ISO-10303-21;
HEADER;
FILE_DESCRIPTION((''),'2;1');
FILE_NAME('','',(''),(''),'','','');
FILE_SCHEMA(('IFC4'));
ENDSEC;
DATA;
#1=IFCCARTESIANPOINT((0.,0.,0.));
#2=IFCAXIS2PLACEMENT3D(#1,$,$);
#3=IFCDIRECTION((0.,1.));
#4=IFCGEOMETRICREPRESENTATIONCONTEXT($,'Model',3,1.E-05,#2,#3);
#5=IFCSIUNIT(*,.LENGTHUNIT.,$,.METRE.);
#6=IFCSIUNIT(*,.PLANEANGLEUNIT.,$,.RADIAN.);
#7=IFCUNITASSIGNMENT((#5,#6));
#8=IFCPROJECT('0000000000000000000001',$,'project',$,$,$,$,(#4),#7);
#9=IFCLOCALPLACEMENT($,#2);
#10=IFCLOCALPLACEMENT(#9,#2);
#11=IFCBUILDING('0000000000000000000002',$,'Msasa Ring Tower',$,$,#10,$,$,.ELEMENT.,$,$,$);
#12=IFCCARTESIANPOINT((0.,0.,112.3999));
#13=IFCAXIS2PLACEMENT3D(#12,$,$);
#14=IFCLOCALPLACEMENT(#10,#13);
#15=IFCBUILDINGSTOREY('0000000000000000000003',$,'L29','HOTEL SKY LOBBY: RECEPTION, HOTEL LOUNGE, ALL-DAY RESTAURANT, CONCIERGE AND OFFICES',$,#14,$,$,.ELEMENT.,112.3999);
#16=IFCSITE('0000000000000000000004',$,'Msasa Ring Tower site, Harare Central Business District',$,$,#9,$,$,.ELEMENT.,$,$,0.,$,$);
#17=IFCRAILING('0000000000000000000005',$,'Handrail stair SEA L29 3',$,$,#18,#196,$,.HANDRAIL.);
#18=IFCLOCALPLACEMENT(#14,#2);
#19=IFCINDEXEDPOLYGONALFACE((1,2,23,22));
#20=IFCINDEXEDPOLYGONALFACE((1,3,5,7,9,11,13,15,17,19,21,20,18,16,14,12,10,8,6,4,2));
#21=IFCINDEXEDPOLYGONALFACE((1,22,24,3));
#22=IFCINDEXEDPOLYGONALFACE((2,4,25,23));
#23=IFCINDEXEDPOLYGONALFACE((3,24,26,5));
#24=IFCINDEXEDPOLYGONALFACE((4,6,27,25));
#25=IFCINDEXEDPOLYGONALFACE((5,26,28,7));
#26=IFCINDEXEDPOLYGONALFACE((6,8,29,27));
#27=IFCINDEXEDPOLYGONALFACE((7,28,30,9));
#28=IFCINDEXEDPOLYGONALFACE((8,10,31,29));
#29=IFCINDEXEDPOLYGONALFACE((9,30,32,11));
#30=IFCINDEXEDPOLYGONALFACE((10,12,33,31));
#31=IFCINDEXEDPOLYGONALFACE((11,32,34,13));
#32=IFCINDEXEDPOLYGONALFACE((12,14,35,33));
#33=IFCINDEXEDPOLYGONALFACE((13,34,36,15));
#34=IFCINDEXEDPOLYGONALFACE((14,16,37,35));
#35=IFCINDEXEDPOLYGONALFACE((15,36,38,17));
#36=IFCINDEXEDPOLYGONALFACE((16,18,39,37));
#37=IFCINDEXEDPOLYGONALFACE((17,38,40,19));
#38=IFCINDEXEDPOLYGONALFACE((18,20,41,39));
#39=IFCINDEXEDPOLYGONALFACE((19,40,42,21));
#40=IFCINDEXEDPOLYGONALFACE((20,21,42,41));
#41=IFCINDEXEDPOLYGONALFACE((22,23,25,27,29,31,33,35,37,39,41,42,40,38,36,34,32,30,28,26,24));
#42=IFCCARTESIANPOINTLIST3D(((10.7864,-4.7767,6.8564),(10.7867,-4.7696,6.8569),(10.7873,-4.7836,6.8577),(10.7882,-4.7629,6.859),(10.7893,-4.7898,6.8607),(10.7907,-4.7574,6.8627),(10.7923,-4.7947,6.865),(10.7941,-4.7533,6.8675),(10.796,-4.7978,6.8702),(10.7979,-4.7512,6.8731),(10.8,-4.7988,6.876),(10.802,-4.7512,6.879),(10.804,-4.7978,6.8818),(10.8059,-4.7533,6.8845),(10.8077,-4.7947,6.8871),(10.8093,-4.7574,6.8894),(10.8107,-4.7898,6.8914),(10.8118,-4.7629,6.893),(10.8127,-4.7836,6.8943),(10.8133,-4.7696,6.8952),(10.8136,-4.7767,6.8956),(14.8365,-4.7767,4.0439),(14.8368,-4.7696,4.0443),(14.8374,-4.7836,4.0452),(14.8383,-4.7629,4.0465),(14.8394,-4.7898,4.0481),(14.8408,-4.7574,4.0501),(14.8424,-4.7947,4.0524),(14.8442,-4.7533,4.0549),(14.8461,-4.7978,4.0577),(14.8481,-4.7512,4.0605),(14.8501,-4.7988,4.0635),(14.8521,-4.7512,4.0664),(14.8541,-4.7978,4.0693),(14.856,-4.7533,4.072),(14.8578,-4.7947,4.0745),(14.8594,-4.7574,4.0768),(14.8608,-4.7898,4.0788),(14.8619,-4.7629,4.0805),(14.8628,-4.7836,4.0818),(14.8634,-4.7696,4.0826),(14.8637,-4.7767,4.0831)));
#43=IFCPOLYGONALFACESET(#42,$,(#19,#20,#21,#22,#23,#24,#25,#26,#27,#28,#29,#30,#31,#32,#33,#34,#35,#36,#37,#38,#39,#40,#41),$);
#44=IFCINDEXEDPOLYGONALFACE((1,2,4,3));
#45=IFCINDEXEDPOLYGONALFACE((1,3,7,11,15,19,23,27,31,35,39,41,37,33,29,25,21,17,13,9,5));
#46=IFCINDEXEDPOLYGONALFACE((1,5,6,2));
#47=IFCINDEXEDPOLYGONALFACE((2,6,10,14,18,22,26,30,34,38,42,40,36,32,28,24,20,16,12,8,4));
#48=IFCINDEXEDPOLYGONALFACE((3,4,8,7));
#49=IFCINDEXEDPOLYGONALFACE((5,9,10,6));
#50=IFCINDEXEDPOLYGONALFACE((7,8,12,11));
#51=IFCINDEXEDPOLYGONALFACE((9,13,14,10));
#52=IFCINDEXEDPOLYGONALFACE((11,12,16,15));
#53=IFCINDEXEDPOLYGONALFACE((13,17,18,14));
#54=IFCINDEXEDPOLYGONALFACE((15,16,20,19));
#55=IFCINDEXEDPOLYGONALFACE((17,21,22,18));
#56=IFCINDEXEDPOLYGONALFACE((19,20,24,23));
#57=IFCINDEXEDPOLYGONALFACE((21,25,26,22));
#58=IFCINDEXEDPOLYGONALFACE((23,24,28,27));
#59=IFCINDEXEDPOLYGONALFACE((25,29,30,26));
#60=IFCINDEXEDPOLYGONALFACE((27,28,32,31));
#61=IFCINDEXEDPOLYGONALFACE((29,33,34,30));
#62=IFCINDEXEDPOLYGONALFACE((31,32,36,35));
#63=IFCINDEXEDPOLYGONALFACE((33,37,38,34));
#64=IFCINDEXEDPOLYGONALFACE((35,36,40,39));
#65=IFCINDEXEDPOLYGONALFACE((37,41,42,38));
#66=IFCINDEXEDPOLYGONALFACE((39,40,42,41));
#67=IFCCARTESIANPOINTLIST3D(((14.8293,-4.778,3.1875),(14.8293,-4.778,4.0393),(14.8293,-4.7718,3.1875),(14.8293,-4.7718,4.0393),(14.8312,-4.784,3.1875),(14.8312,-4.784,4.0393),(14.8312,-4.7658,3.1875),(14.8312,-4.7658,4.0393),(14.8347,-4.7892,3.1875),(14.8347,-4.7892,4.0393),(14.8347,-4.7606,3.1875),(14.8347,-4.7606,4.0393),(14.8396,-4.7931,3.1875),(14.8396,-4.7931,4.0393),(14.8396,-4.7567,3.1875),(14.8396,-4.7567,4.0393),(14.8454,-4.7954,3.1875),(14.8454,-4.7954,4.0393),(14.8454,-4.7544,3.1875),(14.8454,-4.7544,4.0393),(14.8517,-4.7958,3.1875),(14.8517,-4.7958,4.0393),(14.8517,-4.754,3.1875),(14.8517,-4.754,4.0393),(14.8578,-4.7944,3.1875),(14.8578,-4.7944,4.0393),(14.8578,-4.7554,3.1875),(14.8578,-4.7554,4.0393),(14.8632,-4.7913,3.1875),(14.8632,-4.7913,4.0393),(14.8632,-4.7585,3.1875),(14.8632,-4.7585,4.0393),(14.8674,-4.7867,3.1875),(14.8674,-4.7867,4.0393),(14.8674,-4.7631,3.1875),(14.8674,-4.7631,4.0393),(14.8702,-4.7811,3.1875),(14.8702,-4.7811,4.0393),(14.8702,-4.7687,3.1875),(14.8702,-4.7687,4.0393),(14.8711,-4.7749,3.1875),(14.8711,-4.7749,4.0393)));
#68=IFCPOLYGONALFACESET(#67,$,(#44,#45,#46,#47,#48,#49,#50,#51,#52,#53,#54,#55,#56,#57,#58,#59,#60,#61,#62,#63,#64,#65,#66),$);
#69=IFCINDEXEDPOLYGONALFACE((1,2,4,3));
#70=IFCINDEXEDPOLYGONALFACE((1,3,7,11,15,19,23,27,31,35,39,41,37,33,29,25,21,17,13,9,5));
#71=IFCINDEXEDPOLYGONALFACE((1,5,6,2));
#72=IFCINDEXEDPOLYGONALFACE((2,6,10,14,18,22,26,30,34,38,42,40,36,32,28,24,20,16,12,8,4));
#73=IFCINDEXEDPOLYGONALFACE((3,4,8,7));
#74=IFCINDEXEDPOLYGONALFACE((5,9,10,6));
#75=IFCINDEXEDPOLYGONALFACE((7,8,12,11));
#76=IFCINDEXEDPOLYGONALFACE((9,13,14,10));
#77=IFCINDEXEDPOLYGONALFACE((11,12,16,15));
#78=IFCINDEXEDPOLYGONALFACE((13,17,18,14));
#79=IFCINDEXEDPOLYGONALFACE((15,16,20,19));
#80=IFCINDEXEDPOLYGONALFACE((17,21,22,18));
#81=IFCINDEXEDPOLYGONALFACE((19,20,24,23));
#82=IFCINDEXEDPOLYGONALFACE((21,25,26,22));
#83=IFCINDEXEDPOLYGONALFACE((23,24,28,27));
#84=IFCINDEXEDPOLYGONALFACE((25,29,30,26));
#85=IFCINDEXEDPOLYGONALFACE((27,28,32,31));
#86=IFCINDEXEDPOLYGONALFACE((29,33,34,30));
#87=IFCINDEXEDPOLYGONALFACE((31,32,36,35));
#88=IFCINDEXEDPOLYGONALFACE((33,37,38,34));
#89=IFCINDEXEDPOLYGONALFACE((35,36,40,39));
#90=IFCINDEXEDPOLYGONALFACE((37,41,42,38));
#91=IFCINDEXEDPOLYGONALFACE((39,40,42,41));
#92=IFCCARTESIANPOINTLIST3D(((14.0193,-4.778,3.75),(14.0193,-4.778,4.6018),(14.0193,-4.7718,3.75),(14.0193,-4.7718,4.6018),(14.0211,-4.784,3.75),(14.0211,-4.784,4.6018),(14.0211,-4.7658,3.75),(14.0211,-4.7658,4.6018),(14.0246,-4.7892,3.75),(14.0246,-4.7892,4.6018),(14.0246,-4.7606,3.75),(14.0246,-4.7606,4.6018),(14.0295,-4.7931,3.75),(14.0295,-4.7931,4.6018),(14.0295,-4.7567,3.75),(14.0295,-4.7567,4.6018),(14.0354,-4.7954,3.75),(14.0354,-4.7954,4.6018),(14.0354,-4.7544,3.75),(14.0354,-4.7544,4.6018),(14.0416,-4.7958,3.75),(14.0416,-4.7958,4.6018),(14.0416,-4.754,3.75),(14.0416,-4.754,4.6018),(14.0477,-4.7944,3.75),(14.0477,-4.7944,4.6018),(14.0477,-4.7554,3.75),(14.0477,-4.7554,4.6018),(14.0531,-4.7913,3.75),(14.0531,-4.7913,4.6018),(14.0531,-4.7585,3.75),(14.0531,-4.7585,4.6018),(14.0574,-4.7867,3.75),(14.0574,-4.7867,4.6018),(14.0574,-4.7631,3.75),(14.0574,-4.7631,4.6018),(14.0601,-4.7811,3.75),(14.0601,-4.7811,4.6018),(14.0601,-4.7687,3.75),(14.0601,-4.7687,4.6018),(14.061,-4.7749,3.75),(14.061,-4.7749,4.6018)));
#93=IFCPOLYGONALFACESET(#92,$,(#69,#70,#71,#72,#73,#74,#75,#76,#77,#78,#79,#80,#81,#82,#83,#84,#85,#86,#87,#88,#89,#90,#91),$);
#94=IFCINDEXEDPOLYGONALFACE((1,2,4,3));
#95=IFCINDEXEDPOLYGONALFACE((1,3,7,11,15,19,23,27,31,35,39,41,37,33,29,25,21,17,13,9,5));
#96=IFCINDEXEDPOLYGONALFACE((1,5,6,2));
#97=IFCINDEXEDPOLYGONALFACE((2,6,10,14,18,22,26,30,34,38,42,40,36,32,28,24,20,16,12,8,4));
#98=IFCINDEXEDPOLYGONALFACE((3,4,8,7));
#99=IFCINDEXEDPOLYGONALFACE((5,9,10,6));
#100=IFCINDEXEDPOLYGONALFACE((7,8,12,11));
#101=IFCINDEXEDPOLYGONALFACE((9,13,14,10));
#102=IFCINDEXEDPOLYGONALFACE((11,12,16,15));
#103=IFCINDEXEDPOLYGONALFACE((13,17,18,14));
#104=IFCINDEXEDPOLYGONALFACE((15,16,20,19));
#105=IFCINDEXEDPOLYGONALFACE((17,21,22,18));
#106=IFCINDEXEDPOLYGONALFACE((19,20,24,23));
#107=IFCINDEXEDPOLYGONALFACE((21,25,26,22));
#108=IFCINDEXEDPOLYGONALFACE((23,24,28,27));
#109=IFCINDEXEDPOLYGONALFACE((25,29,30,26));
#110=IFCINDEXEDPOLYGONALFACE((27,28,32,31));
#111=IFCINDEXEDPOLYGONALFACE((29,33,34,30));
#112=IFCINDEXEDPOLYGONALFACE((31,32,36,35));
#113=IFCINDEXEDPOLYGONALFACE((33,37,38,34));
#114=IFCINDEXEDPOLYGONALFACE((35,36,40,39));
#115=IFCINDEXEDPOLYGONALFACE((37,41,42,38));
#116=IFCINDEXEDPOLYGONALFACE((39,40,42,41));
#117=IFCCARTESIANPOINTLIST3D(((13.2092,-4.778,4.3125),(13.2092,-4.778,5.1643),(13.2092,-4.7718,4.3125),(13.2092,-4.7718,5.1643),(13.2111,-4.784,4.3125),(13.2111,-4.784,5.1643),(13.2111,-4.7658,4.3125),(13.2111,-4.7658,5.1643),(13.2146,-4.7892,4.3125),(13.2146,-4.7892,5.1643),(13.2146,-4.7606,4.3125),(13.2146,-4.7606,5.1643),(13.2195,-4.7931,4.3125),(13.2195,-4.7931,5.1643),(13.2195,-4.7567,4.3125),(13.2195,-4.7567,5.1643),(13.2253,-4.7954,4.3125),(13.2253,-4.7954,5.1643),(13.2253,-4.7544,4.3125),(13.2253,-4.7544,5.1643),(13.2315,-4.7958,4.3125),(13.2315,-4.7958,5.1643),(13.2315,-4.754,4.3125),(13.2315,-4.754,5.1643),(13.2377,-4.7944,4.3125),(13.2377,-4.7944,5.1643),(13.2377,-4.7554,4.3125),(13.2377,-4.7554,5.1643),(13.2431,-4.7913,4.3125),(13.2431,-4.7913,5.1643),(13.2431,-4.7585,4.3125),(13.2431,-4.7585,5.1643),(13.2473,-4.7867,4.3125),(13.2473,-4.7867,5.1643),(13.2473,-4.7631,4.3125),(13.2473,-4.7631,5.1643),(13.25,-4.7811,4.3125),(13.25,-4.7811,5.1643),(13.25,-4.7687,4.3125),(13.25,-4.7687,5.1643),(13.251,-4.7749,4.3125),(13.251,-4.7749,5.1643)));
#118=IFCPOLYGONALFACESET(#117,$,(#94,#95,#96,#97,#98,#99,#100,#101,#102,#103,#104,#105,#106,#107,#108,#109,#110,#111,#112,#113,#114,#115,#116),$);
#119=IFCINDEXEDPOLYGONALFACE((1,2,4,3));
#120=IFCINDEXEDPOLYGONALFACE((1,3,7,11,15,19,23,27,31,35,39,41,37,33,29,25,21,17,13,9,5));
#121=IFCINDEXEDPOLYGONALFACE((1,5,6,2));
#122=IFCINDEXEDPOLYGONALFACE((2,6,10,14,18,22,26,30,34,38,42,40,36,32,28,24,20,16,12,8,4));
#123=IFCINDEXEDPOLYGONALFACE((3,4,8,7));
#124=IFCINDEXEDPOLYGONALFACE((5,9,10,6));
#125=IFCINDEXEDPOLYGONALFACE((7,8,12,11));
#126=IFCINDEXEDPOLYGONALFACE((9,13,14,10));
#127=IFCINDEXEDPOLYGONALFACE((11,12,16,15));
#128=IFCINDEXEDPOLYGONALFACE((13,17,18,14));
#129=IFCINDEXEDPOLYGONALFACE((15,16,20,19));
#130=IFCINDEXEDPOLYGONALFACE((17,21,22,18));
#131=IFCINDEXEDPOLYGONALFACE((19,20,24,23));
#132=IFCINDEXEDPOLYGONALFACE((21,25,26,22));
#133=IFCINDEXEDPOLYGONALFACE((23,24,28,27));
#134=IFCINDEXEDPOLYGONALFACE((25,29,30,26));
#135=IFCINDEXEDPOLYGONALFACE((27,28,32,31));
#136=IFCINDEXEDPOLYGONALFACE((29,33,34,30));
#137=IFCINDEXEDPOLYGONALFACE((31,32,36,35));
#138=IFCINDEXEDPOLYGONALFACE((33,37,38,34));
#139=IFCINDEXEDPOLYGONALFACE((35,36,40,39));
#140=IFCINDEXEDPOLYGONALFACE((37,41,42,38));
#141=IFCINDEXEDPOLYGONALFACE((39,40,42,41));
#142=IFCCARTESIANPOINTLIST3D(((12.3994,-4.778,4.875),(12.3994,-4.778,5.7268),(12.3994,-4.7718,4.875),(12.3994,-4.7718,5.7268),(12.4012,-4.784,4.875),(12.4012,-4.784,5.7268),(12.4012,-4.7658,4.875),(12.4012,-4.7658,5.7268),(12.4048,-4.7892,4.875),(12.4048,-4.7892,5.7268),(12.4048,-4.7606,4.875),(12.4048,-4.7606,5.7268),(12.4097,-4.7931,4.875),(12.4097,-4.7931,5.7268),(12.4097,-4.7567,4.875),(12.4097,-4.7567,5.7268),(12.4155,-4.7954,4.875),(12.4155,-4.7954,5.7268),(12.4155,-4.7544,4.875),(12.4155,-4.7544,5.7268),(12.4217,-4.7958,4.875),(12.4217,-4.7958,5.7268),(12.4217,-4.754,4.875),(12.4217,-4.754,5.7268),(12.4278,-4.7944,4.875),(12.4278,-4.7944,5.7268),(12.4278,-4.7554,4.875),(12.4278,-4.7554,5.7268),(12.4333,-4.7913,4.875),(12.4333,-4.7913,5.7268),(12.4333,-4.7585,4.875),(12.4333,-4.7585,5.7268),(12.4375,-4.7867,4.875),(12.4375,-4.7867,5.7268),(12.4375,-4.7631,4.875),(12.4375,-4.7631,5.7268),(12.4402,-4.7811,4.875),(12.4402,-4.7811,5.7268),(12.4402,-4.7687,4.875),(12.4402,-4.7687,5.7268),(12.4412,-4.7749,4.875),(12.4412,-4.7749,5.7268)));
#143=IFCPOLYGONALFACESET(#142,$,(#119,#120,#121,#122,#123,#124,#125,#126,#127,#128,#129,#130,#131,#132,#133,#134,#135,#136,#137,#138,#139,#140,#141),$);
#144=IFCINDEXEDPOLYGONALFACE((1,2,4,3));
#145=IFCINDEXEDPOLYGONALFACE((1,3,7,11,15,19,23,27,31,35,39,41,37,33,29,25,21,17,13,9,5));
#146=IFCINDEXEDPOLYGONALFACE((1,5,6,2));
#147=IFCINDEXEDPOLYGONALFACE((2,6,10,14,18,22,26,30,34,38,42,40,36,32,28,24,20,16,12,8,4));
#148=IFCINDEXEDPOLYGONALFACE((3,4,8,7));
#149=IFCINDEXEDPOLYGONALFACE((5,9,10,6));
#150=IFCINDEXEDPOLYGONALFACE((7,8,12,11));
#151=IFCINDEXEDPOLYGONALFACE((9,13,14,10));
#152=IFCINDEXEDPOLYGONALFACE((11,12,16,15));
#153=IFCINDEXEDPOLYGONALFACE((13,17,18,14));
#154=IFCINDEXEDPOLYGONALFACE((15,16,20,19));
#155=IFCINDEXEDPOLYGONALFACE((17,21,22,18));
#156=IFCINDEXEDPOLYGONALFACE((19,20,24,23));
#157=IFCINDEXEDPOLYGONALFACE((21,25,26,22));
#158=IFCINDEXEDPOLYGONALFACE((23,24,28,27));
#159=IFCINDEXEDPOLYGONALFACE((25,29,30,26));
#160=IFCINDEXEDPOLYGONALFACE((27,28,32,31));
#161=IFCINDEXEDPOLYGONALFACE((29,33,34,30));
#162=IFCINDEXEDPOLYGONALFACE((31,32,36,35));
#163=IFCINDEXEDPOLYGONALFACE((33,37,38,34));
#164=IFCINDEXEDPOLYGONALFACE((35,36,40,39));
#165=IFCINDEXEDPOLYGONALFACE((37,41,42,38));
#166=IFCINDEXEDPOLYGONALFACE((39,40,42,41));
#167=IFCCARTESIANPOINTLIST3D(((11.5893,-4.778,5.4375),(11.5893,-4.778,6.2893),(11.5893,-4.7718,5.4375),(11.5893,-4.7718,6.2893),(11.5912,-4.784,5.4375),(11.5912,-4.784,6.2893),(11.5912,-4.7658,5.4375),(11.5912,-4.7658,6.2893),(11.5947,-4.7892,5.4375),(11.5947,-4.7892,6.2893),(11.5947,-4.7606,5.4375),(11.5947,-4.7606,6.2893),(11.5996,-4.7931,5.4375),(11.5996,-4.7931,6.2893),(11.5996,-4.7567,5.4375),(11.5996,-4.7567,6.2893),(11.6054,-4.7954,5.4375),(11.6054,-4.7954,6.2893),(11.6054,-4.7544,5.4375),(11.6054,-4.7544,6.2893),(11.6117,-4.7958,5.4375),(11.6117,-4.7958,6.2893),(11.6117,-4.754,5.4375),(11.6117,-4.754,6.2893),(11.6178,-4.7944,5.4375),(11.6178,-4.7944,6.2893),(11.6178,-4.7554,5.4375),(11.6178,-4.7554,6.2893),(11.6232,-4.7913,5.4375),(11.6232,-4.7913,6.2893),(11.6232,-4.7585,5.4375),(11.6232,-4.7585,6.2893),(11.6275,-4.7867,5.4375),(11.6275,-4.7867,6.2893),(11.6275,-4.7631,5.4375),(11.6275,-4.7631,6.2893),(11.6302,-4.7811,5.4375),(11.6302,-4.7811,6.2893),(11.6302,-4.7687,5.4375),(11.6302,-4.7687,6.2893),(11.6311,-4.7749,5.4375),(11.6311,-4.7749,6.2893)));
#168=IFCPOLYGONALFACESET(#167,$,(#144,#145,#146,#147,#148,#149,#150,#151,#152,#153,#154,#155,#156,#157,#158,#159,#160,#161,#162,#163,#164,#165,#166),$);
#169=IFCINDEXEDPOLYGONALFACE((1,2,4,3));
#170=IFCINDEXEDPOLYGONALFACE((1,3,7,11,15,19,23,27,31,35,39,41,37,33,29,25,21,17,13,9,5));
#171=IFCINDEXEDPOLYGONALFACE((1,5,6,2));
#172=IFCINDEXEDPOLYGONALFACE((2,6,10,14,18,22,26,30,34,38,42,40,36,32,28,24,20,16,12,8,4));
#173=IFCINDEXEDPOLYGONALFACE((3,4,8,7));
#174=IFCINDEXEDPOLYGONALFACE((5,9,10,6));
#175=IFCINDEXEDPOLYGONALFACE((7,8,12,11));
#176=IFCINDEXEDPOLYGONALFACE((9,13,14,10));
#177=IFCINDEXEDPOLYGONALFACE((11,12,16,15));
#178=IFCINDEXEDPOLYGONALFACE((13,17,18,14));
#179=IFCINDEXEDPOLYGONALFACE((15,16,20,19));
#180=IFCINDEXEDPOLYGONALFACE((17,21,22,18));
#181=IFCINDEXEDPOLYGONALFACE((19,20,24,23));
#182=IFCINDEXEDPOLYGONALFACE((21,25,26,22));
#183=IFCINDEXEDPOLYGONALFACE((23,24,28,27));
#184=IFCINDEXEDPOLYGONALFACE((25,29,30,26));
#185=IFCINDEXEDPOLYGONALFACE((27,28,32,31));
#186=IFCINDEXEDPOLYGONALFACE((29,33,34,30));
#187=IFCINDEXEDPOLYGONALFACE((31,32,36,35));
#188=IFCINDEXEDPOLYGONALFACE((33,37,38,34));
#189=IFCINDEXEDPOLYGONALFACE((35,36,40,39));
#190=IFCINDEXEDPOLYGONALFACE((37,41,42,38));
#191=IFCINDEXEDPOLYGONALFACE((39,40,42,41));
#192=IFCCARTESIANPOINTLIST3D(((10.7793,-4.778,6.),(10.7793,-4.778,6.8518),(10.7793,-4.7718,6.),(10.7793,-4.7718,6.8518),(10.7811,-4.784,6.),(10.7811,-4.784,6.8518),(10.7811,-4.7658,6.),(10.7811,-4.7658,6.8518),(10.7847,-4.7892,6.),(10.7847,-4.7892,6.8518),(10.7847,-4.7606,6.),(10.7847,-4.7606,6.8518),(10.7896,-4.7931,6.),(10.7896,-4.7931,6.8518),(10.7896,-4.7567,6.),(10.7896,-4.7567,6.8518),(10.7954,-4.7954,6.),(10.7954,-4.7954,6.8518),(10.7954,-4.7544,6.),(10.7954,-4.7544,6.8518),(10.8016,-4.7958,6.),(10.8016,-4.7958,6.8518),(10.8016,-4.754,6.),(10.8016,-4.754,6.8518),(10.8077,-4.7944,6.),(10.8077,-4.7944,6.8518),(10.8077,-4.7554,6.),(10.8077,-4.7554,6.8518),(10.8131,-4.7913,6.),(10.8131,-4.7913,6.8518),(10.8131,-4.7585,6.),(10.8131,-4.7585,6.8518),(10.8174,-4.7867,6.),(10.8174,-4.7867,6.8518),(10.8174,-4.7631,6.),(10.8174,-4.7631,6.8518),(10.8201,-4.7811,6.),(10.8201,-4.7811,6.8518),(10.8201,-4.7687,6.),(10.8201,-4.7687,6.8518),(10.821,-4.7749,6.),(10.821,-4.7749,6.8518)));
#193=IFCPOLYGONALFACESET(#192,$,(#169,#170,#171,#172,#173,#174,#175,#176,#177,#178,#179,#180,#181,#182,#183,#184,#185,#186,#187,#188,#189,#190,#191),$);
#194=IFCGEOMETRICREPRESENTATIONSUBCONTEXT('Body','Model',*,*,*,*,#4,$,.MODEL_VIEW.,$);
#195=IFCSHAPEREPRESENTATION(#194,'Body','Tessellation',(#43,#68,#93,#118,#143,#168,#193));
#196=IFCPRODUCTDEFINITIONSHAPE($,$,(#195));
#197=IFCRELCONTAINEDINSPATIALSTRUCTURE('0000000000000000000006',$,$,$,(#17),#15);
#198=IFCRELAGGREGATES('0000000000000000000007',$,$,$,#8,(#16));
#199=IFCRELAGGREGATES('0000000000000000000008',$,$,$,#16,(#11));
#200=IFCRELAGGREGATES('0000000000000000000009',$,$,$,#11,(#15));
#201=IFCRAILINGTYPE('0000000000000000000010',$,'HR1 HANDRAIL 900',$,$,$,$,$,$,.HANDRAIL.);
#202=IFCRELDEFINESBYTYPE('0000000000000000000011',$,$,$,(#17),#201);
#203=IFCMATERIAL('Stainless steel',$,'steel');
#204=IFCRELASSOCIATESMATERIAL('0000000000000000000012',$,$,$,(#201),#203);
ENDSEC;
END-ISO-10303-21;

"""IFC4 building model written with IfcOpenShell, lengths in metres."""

from ifc_helpers import new_model, si_unit, direction, frame, origin, origin_2d, place, context, subcontext, project, spatial, circle, extrude, material, type_object, element, save


model = new_model("IFC4")

# Units and contexts
model_context = context("Model", 3, precision=1e-05, world=origin(), true_north=direction((0.0, 1.0)))
body_context = subcontext(model_context, "Body", "Model", "MODEL_VIEW")
ifc_project = project(units=[si_unit("LENGTHUNIT", "METRE"), si_unit("PLANEANGLEUNIT", "RADIAN")], contexts=[model_context])

# Site, building, storey
site_placement = place(None, origin())
site = spatial("IfcSite", under=ifc_project, at=site_placement, Name="Msasa Ring Tower site, Harare Central Business District", CompositionType="ELEMENT", RefElevation=0.0)
building_placement = place(site_placement, origin())
building = spatial("IfcBuilding", under=site, at=building_placement, Name="Msasa Ring Tower", CompositionType="ELEMENT")
storey_placement = place(building_placement, frame((0.0, 0.0, 112.3999)))
storey = spatial("IfcBuildingStorey", under=building, at=storey_placement, Name="L29", Description="HOTEL SKY LOBBY: RECEPTION, HOTEL LOUNGE, ALL-DAY RESTAURANT, CONCIERGE AND OFFICES", CompositionType="ELEMENT", Elevation=112.3999)

# Railing
ifc_material_1 = material(Name="Stainless steel", Category="steel")
railing_type = type_object("IfcRailingType", Name="HR1 HANDRAIL 900", PredefinedType="HANDRAIL", material=ifc_material_1)
for number, where, name in (
    (1, (14.8501, -4.7749, 3.1875), "Handrail stair SEA L29 3"),
):
    element("IfcRailing", number, at=place(storey_placement, frame(where)), inside=storey, type_object=railing_type, Name=name, PredefinedType="HANDRAIL", context=body_context, shape_type="SweptSolid", body=[
        extrude(circle(Radius=0.0239, at=origin_2d()), frame((0.0, 0.0, 0.876), z_axis=(-0.821373, 0.0, 0.570391), x_axis=(0.0, -1.0, 0.0)), (0.0, 0.0, 1.0), 4.9309),
        extrude(circle(Radius=0.021, at=origin_2d()), origin(), (0.0, 0.0, 1.0), 0.8518),
        extrude(circle(Radius=0.021, at=origin_2d()), frame((-0.8101, 0.0, 0.5625)), (0.0, 0.0, 1.0), 0.8518),
        extrude(circle(Radius=0.021, at=origin_2d()), frame((-1.6201, 0.0, 1.125)), (0.0, 0.0, 1.0), 0.8518),
        extrude(circle(Radius=0.021, at=origin_2d()), frame((-2.4299, 0.0, 1.6875)), (0.0, 0.0, 1.0), 0.8518),
        extrude(circle(Radius=0.021, at=origin_2d()), frame((-3.24, 0.0, 2.25)), (0.0, 0.0, 1.0), 0.8518),
        extrude(circle(Radius=0.021, at=origin_2d()), frame((-4.05, 0.0, 2.8125)), (0.0, 0.0, 1.0), 0.8518),
    ])

save(model, "model.ifc")
